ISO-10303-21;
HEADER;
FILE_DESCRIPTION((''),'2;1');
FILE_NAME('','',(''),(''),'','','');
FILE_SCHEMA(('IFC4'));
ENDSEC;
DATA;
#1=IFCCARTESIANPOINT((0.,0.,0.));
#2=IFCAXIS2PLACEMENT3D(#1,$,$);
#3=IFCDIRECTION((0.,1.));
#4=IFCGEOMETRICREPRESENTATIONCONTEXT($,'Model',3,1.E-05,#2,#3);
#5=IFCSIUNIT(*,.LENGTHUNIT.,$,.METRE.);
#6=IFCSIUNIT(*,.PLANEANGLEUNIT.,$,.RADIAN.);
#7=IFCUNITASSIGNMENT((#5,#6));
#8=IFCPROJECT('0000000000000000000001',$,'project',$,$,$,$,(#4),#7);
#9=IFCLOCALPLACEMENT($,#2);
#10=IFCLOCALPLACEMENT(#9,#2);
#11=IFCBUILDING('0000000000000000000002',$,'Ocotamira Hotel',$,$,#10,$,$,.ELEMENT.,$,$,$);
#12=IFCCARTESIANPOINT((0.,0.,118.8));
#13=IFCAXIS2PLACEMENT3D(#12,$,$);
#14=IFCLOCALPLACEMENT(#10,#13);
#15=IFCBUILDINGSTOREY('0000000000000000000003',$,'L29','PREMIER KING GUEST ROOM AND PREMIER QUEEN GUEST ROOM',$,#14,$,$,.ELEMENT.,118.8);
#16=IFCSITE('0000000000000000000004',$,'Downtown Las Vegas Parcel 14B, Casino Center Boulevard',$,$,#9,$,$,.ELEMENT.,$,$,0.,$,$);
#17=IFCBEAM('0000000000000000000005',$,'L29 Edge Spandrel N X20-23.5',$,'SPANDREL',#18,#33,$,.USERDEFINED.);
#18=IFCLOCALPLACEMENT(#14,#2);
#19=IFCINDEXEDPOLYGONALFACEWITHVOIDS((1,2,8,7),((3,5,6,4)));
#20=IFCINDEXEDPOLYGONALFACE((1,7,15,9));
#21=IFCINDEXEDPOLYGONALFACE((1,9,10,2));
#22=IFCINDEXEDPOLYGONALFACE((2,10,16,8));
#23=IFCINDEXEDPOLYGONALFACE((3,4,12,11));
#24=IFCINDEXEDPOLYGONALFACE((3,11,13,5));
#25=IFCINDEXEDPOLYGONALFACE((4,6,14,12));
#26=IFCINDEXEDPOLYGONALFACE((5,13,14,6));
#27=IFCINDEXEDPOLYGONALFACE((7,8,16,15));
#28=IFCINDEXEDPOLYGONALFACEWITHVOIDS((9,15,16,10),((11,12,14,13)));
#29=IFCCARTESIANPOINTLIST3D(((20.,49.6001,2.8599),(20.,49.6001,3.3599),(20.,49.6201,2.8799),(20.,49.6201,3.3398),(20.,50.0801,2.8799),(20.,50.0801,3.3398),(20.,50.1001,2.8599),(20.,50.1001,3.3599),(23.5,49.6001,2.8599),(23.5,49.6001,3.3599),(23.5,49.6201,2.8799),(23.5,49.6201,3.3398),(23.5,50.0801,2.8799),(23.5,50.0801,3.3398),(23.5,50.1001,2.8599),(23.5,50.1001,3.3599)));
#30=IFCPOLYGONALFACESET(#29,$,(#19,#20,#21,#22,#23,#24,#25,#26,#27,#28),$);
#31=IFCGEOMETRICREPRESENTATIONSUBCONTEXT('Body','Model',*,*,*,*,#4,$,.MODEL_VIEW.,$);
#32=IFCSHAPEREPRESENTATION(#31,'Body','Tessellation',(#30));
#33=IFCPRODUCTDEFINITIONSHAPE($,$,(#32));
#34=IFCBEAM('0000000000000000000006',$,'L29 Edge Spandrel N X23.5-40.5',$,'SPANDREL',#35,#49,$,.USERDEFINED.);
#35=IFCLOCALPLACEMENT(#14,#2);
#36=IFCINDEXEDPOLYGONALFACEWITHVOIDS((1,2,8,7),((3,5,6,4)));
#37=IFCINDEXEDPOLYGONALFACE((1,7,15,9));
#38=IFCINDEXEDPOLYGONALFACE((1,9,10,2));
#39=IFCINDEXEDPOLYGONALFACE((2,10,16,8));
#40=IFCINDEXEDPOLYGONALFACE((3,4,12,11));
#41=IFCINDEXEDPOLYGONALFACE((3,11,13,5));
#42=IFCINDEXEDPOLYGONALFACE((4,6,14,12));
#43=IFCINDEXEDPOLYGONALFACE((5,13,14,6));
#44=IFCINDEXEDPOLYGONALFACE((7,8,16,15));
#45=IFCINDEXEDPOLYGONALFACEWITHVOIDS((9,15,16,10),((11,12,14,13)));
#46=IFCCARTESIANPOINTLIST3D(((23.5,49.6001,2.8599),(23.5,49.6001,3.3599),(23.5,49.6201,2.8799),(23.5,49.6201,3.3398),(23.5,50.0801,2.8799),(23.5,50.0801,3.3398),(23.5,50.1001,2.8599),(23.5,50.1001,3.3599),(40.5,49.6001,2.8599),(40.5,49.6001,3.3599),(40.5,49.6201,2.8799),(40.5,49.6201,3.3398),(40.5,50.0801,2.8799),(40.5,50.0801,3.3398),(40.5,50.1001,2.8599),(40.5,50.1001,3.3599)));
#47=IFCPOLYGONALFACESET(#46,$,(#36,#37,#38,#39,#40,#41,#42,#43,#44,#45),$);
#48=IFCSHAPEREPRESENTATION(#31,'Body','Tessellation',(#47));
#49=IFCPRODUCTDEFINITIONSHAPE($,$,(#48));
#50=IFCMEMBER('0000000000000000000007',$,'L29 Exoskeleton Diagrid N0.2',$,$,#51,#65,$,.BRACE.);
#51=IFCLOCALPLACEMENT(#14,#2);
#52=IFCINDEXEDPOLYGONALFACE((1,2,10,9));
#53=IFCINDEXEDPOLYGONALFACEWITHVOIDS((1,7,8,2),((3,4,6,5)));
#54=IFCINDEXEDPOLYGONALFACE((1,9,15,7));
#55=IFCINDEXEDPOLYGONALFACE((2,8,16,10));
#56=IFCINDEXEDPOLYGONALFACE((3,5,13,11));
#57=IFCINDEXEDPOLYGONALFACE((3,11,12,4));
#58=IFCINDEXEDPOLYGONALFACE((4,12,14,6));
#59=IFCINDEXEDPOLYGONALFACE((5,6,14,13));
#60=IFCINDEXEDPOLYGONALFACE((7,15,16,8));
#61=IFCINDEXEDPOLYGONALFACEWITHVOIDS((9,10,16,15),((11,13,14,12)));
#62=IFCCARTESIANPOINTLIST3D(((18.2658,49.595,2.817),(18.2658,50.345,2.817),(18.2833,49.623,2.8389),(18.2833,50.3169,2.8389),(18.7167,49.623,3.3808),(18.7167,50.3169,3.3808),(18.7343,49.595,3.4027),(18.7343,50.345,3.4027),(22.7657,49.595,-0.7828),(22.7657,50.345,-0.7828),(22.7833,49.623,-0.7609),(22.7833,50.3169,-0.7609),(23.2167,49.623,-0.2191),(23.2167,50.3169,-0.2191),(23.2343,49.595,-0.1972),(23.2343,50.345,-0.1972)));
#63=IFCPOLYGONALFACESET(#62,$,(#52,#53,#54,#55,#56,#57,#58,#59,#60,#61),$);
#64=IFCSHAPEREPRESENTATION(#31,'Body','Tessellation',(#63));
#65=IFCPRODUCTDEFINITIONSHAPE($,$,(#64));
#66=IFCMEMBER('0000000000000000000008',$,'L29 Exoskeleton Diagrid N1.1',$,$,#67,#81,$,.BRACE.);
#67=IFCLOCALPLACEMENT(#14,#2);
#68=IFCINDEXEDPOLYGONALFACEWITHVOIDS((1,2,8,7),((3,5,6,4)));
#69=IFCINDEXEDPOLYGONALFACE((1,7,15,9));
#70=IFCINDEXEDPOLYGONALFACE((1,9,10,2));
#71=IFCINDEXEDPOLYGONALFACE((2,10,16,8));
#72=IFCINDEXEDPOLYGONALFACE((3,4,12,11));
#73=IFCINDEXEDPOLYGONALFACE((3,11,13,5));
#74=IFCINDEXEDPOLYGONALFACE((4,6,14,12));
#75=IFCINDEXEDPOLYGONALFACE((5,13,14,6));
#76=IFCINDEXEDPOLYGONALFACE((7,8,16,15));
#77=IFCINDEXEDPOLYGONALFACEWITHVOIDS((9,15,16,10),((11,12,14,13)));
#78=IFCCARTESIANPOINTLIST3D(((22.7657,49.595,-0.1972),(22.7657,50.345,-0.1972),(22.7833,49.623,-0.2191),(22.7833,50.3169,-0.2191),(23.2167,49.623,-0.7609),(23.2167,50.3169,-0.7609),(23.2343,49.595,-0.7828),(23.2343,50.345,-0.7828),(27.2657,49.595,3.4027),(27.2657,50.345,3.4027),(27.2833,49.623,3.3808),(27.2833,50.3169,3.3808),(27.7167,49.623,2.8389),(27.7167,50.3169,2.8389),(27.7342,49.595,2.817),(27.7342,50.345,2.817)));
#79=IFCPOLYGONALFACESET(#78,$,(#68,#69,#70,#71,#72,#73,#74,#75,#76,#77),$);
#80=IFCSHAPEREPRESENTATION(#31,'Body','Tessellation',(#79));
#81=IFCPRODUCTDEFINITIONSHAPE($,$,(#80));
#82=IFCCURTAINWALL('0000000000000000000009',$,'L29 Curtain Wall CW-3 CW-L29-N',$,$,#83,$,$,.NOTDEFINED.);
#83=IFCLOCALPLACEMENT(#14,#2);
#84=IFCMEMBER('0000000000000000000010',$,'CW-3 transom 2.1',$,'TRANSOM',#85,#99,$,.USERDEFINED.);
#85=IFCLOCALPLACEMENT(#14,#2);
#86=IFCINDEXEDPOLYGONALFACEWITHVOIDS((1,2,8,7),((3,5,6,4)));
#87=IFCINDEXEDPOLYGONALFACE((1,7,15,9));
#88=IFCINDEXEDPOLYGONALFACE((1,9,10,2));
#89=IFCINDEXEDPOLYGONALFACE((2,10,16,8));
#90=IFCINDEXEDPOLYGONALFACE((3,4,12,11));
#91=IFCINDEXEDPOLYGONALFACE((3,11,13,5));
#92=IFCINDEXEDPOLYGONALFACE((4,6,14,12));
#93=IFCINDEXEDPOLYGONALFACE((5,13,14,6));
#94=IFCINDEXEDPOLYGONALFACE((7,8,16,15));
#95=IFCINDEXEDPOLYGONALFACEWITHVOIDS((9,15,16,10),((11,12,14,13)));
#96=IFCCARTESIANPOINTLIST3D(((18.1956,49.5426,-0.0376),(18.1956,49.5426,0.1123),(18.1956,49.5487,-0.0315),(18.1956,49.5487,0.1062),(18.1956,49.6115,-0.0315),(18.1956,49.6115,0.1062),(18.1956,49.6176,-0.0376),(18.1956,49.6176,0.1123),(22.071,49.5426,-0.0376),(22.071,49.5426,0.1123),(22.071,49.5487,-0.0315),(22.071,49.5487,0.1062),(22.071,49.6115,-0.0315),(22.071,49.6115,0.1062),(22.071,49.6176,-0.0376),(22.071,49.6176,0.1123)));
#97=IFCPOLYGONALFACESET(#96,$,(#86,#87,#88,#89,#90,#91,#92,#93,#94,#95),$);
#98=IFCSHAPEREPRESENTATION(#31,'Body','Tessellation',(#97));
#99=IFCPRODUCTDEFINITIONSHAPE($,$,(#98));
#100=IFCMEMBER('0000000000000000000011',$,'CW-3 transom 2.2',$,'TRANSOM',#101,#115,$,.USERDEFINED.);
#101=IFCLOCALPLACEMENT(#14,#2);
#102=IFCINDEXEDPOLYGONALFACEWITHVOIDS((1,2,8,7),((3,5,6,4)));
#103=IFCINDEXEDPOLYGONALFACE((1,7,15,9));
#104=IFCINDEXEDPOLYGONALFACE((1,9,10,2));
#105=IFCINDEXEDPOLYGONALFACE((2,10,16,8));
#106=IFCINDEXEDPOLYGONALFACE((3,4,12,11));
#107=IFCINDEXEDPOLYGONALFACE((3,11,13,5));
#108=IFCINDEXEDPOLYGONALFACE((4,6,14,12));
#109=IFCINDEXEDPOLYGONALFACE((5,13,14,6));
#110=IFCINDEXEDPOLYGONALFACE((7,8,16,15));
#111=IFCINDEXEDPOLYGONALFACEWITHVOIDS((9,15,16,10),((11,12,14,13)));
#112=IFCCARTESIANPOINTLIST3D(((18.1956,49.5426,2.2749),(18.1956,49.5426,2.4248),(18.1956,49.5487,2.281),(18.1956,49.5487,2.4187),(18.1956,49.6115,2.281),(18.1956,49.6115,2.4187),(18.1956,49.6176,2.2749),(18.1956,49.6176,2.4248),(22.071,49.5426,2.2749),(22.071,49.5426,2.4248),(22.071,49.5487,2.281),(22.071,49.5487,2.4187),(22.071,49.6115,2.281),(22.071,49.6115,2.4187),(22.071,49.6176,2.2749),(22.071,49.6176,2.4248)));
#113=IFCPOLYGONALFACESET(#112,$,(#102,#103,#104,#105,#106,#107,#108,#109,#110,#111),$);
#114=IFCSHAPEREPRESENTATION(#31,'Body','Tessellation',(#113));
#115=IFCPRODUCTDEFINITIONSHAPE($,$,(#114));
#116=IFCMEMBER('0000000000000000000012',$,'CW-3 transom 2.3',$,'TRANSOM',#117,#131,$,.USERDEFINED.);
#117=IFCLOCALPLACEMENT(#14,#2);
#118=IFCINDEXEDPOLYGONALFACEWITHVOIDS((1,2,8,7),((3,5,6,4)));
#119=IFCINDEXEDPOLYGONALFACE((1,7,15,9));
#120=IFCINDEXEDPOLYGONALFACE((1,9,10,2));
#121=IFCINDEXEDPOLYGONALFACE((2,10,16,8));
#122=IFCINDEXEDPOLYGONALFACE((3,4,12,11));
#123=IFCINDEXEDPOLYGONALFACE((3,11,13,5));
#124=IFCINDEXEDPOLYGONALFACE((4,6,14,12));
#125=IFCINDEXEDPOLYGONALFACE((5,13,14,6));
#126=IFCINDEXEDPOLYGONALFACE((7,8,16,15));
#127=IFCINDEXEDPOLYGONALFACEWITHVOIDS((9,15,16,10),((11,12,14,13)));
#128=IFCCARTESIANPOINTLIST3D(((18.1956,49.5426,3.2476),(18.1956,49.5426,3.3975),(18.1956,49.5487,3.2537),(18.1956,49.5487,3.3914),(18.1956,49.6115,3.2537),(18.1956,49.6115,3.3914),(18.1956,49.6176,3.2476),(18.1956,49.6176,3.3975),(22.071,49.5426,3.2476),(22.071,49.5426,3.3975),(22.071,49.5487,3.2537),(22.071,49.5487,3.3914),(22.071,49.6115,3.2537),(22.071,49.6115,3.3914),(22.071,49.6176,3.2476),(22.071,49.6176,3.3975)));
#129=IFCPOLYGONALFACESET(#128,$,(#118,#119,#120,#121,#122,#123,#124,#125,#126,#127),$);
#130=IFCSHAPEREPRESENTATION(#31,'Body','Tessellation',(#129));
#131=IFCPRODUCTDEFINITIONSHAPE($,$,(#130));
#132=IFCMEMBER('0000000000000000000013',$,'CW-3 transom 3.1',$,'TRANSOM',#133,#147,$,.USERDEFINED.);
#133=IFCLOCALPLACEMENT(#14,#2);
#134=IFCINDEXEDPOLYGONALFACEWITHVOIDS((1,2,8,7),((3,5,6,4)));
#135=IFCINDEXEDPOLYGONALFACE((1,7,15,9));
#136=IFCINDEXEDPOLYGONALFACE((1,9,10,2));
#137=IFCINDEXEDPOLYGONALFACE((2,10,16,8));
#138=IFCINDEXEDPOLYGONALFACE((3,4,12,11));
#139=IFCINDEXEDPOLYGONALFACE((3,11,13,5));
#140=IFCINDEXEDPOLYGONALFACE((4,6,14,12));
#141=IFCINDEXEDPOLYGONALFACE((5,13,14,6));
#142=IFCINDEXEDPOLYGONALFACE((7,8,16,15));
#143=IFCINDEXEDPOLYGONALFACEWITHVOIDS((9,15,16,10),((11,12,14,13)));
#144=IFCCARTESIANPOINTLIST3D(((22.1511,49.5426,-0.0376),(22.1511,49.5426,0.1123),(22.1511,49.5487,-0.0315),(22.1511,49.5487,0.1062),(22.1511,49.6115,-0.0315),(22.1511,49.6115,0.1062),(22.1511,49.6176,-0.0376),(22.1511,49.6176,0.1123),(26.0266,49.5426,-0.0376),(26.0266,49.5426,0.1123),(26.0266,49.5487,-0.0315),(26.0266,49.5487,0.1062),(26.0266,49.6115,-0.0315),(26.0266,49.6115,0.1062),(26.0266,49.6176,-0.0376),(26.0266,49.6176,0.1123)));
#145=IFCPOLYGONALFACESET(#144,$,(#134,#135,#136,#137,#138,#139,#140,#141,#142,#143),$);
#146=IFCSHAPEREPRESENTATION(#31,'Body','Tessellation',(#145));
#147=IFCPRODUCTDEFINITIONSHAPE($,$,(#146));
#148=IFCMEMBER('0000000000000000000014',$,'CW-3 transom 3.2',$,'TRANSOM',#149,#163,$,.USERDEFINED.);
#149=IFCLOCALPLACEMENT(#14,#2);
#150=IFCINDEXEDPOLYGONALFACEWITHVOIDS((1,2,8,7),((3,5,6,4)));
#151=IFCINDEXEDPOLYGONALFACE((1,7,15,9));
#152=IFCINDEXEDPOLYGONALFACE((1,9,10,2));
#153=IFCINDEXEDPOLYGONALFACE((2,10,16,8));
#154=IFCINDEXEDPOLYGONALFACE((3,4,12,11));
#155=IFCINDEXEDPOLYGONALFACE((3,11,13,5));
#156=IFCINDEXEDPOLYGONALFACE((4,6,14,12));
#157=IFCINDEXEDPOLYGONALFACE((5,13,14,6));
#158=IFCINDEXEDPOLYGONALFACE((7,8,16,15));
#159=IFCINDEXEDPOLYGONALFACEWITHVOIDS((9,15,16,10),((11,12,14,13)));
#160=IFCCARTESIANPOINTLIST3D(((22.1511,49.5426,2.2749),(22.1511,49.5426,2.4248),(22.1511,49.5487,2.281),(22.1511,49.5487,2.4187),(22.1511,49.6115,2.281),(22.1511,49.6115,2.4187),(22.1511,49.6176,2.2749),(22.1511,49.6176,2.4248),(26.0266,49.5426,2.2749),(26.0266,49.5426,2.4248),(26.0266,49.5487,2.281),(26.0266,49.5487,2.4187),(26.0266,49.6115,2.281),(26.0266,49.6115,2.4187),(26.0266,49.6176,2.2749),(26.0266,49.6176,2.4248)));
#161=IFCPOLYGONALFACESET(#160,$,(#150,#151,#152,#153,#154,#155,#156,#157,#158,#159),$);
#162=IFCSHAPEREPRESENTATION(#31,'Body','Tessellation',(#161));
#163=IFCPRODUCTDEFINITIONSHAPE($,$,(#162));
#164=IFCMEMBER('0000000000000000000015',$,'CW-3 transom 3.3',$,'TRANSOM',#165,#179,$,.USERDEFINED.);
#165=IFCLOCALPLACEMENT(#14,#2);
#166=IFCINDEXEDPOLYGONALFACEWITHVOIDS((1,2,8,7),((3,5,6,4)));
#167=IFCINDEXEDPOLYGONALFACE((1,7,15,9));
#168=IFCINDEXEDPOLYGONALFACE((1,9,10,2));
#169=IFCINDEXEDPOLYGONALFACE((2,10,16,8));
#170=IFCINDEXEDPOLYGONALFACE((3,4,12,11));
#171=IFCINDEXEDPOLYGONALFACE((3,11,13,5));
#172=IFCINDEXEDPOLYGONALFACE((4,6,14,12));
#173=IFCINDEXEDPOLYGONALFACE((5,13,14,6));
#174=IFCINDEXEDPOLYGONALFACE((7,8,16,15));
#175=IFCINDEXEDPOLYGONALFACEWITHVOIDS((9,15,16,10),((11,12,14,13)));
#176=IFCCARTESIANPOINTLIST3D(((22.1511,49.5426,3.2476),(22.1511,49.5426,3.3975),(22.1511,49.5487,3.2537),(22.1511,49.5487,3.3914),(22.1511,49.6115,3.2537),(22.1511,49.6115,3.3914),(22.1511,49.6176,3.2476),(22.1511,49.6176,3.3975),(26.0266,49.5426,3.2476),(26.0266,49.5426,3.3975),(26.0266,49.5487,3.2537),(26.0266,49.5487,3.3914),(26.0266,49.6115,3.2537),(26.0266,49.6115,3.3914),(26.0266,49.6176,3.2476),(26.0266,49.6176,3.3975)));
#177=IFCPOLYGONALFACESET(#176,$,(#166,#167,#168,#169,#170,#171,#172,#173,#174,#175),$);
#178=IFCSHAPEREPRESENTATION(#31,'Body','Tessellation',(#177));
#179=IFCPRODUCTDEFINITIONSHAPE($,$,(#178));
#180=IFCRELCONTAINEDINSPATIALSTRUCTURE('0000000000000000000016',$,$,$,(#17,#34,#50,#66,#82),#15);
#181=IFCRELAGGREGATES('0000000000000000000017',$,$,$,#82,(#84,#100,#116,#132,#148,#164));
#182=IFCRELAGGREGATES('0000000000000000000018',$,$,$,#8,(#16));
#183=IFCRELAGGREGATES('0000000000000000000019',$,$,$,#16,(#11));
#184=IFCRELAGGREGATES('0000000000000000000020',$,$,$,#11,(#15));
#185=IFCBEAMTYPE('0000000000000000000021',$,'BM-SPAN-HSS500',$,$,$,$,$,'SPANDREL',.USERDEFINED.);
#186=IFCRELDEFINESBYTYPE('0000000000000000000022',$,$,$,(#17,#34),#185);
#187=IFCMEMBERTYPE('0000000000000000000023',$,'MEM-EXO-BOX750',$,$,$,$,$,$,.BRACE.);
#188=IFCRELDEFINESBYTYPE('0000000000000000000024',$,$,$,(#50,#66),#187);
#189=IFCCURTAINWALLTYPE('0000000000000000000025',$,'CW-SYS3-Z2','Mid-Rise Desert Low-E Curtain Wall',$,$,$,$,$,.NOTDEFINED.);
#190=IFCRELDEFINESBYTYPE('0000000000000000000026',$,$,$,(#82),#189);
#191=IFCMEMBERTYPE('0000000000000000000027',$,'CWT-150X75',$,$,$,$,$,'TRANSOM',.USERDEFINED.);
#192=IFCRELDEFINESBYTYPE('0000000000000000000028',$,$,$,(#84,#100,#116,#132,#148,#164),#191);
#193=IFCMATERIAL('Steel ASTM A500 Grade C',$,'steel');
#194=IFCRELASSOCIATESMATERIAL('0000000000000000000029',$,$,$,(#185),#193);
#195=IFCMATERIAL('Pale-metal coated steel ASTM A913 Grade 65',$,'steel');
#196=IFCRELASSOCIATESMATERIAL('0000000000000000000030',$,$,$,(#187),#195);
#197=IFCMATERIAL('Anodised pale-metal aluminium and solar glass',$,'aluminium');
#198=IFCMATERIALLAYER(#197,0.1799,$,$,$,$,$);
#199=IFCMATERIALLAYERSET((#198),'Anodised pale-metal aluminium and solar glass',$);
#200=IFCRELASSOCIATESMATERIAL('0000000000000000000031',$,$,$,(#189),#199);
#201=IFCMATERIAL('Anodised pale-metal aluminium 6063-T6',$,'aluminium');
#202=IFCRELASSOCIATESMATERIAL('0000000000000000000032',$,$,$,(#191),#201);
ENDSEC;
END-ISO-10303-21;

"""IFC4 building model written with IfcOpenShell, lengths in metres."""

from ifc_helpers import new_model, si_unit, direction, frame, origin, origin_2d, place, context, subcontext, project, spatial, hollow_rectangle, extrude, source, transform, mapped, material, layer, layer_set, material_profile, profile_set, type_object, element, aggregate, save


model = new_model("IFC4")

# Units and contexts
model_context = context("Model", 3, precision=1e-05, world=origin(), true_north=direction((0.0, 1.0)))
body_context = subcontext(model_context, "Body", "Model", "MODEL_VIEW")
ifc_project = project(units=[si_unit("LENGTHUNIT", "METRE"), si_unit("PLANEANGLEUNIT", "RADIAN")], contexts=[model_context])

# Site, building, storey
site_placement = place(None, origin())
site = spatial("IfcSite", under=ifc_project, at=site_placement, Name="Downtown Las Vegas Parcel 14B, Casino Center Boulevard", CompositionType="ELEMENT", RefElevation=0.0)
building_placement = place(site_placement, origin())
building = spatial("IfcBuilding", under=site, at=building_placement, Name="Ocotamira Hotel", CompositionType="ELEMENT")
storey_placement = place(building_placement, frame((0.0, 0.0, 118.8)))
storey = spatial("IfcBuildingStorey", under=building, at=storey_placement, Name="L29", Description="PREMIER KING GUEST ROOM AND PREMIER QUEEN GUEST ROOM", CompositionType="ELEMENT", Elevation=118.8)

# Beams
ifc_material_1 = material(Name="Steel ASTM A500 Grade C", Category="steel")
ifc_material_profile_1 = material_profile(ifc_material_1, hollow_rectangle(XDim=0.5, YDim=0.5, WallThickness=0.02, at=origin_2d()), Name="HSS500X500X20")
ifc_profile_set_1 = profile_set([ifc_material_profile_1], Name="Steel ASTM A500 Grade C")
beam_type_1 = type_object("IfcBeamType", Name="BM-SPAN-HSS500", ElementType="SPANDREL", PredefinedType="USERDEFINED", material=ifc_profile_set_1)
shared_shape_1 = source(origin(), body_context, "Body", "SweptSolid", [
    extrude(hollow_rectangle(XDim=0.5, YDim=0.5, WallThickness=0.02, at=origin_2d()), origin(), (0.0, 0.0, 1.0), 3.5),
])
beam_1_placement = place(storey_placement, frame((20.0, 49.8501, 3.1099), z_axis=(1.0, 0.0, 0.0), x_axis=(0.0, 1.0, 0.0)))
element("IfcBeam", 1, at=beam_1_placement, inside=storey, type_object=beam_type_1, Name="L29 Edge Spandrel N X20-23.5", ObjectType="SPANDREL", PredefinedType="USERDEFINED", context=body_context, shape_type="MappedRepresentation", body=[
    mapped(shared_shape_1, transform((0.0, 0.0, 0.0), scale=1.0)),
])
shared_shape_2 = source(origin(), body_context, "Body", "SweptSolid", [
    extrude(hollow_rectangle(XDim=0.5, YDim=0.5, WallThickness=0.02, at=origin_2d()), origin(), (0.0, 0.0, 1.0), 17.0),
])
beam_2_placement = place(storey_placement, frame((23.5, 49.8501, 3.1099), z_axis=(1.0, 0.0, 0.0), x_axis=(0.0, 1.0, 0.0)))
element("IfcBeam", 2, at=beam_2_placement, inside=storey, type_object=beam_type_1, Name="L29 Edge Spandrel N X23.5-40.5", ObjectType="SPANDREL", PredefinedType="USERDEFINED", context=body_context, shape_type="MappedRepresentation", body=[
    mapped(shared_shape_2, transform((0.0, 0.0, 0.0), scale=1.0)),
])

# Members
ifc_material_2 = material(Name="Pale-metal coated steel ASTM A913 Grade 65", Category="steel")
ifc_material_profile_2 = material_profile(ifc_material_2, hollow_rectangle(XDim=0.75, YDim=0.75, WallThickness=0.0281, at=origin_2d()), Name="BOX750X750X28")
ifc_profile_set_2 = profile_set([ifc_material_profile_2], Name="Pale-metal coated steel ASTM A913 Grade 65")
member_type_1 = type_object("IfcMemberType", Name="MEM-EXO-BOX750", PredefinedType="BRACE", material=ifc_profile_set_2)
shared_shape_3 = source(origin(), body_context, "Body", "SweptSolid", [
    extrude(hollow_rectangle(XDim=0.75, YDim=0.75, WallThickness=0.0281, at=origin_2d()), origin(), (0.0, 0.0, 1.0), 5.7627),
])
for number, where, z_axis, x_axis, name in (
    (3, (23.0, 49.97, -0.49), (-0.780881, 0.0, 0.62468), (0.0, -1.0, 0.0), "L29 Exoskeleton Diagrid N0.2"),
    (4, (23.0, 49.97, -0.49), (0.780881, 0.0, 0.62468), (0.0, 1.0, 0.0), "L29 Exoskeleton Diagrid N1.1"),
):
    element("IfcMember", number, at=place(storey_placement, frame(where, z_axis=z_axis, x_axis=x_axis)), inside=storey, type_object=member_type_1, Name=name, PredefinedType="BRACE", context=body_context, shape_type="MappedRepresentation", body=[
        mapped(shared_shape_3, transform((0.0, 0.0, 0.0), scale=1.0)),
    ])

# Curtain wall, members
ifc_material_3 = material(Name="Anodised pale-metal aluminium and solar glass", Category="aluminium")
ifc_layer_1 = layer(ifc_material_3, 0.1799)
ifc_layer_set_1 = layer_set([ifc_layer_1], Name="Anodised pale-metal aluminium and solar glass")
curtain_wall_type = type_object("IfcCurtainWallType", Name="CW-SYS3-Z2", Description="Mid-Rise Desert Low-E Curtain Wall", PredefinedType="NOTDEFINED", material=ifc_layer_set_1)
curtain_wall_placement = place(storey_placement, origin())
curtain_wall = element("IfcCurtainWall", 5, at=curtain_wall_placement, inside=storey, type_object=curtain_wall_type, Name="L29 Curtain Wall CW-3 CW-L29-N", PredefinedType="NOTDEFINED")
ifc_material_4 = material(Name="Anodised pale-metal aluminium 6063-T6", Category="aluminium")
ifc_material_profile_3 = material_profile(ifc_material_4, hollow_rectangle(XDim=0.075, YDim=0.1499, WallThickness=0.0061, at=origin_2d()), Name="HSS150X75X6")
ifc_profile_set_3 = profile_set([ifc_material_profile_3], Name="Anodised pale-metal aluminium 6063-T6")
member_type_2 = type_object("IfcMemberType", Name="CWT-150X75", ElementType="TRANSOM", PredefinedType="USERDEFINED", material=ifc_profile_set_3)
shared_shape_4 = source(origin(), body_context, "Body", "SweptSolid", [
    extrude(hollow_rectangle(XDim=0.075, YDim=0.1499, WallThickness=0.0061, at=origin_2d()), origin(), (0.0, 0.0, 1.0), 3.8755),
])
member_1_placement = place(storey_placement, frame((18.1956, 49.5801, 0.0374), z_axis=(1.0, 0.0, 0.0), x_axis=(0.0, 1.0, 0.0)))
member_1 = element("IfcMember", 6, at=member_1_placement, type_object=member_type_2, Name="CW-3 transom 2.1", ObjectType="TRANSOM", PredefinedType="USERDEFINED", context=body_context, shape_type="MappedRepresentation", body=[
    mapped(shared_shape_4, transform((0.0, 0.0, 0.0), scale=1.0)),
])
member_2_placement = place(storey_placement, frame((18.1956, 49.5801, 2.3499), z_axis=(1.0, 0.0, 0.0), x_axis=(0.0, 1.0, 0.0)))
member_2 = element("IfcMember", 7, at=member_2_placement, type_object=member_type_2, Name="CW-3 transom 2.2", ObjectType="TRANSOM", PredefinedType="USERDEFINED", context=body_context, shape_type="MappedRepresentation", body=[
    mapped(shared_shape_4, transform((0.0, 0.0, 0.0), scale=1.0)),
])
member_3_placement = place(storey_placement, frame((18.1956, 49.5801, 3.3225), z_axis=(1.0, 0.0, 0.0), x_axis=(0.0, 1.0, 0.0)))
member_3 = element("IfcMember", 8, at=member_3_placement, type_object=member_type_2, Name="CW-3 transom 2.3", ObjectType="TRANSOM", PredefinedType="USERDEFINED", context=body_context, shape_type="MappedRepresentation", body=[
    mapped(shared_shape_4, transform((0.0, 0.0, 0.0), scale=1.0)),
])
member_4_placement = place(storey_placement, frame((22.1511, 49.5801, 0.0374), z_axis=(1.0, 0.0, 0.0), x_axis=(0.0, 1.0, 0.0)))
member_4 = element("IfcMember", 9, at=member_4_placement, type_object=member_type_2, Name="CW-3 transom 3.1", ObjectType="TRANSOM", PredefinedType="USERDEFINED", context=body_context, shape_type="MappedRepresentation", body=[
    mapped(shared_shape_4, transform((0.0, 0.0, 0.0), scale=1.0)),
])
member_5_placement = place(storey_placement, frame((22.1511, 49.5801, 2.3499), z_axis=(1.0, 0.0, 0.0), x_axis=(0.0, 1.0, 0.0)))
member_5 = element("IfcMember", 10, at=member_5_placement, type_object=member_type_2, Name="CW-3 transom 3.2", ObjectType="TRANSOM", PredefinedType="USERDEFINED", context=body_context, shape_type="MappedRepresentation", body=[
    mapped(shared_shape_4, transform((0.0, 0.0, 0.0), scale=1.0)),
])
member_6_placement = place(storey_placement, frame((22.1511, 49.5801, 3.3225), z_axis=(1.0, 0.0, 0.0), x_axis=(0.0, 1.0, 0.0)))
member_6 = element("IfcMember", 11, at=member_6_placement, type_object=member_type_2, Name="CW-3 transom 3.3", ObjectType="TRANSOM", PredefinedType="USERDEFINED", context=body_context, shape_type="MappedRepresentation", body=[
    mapped(shared_shape_4, transform((0.0, 0.0, 0.0), scale=1.0)),
])

aggregate(curtain_wall, [member_1, member_2, member_3, member_4, member_5, member_6])

save(model, "model.ifc")
